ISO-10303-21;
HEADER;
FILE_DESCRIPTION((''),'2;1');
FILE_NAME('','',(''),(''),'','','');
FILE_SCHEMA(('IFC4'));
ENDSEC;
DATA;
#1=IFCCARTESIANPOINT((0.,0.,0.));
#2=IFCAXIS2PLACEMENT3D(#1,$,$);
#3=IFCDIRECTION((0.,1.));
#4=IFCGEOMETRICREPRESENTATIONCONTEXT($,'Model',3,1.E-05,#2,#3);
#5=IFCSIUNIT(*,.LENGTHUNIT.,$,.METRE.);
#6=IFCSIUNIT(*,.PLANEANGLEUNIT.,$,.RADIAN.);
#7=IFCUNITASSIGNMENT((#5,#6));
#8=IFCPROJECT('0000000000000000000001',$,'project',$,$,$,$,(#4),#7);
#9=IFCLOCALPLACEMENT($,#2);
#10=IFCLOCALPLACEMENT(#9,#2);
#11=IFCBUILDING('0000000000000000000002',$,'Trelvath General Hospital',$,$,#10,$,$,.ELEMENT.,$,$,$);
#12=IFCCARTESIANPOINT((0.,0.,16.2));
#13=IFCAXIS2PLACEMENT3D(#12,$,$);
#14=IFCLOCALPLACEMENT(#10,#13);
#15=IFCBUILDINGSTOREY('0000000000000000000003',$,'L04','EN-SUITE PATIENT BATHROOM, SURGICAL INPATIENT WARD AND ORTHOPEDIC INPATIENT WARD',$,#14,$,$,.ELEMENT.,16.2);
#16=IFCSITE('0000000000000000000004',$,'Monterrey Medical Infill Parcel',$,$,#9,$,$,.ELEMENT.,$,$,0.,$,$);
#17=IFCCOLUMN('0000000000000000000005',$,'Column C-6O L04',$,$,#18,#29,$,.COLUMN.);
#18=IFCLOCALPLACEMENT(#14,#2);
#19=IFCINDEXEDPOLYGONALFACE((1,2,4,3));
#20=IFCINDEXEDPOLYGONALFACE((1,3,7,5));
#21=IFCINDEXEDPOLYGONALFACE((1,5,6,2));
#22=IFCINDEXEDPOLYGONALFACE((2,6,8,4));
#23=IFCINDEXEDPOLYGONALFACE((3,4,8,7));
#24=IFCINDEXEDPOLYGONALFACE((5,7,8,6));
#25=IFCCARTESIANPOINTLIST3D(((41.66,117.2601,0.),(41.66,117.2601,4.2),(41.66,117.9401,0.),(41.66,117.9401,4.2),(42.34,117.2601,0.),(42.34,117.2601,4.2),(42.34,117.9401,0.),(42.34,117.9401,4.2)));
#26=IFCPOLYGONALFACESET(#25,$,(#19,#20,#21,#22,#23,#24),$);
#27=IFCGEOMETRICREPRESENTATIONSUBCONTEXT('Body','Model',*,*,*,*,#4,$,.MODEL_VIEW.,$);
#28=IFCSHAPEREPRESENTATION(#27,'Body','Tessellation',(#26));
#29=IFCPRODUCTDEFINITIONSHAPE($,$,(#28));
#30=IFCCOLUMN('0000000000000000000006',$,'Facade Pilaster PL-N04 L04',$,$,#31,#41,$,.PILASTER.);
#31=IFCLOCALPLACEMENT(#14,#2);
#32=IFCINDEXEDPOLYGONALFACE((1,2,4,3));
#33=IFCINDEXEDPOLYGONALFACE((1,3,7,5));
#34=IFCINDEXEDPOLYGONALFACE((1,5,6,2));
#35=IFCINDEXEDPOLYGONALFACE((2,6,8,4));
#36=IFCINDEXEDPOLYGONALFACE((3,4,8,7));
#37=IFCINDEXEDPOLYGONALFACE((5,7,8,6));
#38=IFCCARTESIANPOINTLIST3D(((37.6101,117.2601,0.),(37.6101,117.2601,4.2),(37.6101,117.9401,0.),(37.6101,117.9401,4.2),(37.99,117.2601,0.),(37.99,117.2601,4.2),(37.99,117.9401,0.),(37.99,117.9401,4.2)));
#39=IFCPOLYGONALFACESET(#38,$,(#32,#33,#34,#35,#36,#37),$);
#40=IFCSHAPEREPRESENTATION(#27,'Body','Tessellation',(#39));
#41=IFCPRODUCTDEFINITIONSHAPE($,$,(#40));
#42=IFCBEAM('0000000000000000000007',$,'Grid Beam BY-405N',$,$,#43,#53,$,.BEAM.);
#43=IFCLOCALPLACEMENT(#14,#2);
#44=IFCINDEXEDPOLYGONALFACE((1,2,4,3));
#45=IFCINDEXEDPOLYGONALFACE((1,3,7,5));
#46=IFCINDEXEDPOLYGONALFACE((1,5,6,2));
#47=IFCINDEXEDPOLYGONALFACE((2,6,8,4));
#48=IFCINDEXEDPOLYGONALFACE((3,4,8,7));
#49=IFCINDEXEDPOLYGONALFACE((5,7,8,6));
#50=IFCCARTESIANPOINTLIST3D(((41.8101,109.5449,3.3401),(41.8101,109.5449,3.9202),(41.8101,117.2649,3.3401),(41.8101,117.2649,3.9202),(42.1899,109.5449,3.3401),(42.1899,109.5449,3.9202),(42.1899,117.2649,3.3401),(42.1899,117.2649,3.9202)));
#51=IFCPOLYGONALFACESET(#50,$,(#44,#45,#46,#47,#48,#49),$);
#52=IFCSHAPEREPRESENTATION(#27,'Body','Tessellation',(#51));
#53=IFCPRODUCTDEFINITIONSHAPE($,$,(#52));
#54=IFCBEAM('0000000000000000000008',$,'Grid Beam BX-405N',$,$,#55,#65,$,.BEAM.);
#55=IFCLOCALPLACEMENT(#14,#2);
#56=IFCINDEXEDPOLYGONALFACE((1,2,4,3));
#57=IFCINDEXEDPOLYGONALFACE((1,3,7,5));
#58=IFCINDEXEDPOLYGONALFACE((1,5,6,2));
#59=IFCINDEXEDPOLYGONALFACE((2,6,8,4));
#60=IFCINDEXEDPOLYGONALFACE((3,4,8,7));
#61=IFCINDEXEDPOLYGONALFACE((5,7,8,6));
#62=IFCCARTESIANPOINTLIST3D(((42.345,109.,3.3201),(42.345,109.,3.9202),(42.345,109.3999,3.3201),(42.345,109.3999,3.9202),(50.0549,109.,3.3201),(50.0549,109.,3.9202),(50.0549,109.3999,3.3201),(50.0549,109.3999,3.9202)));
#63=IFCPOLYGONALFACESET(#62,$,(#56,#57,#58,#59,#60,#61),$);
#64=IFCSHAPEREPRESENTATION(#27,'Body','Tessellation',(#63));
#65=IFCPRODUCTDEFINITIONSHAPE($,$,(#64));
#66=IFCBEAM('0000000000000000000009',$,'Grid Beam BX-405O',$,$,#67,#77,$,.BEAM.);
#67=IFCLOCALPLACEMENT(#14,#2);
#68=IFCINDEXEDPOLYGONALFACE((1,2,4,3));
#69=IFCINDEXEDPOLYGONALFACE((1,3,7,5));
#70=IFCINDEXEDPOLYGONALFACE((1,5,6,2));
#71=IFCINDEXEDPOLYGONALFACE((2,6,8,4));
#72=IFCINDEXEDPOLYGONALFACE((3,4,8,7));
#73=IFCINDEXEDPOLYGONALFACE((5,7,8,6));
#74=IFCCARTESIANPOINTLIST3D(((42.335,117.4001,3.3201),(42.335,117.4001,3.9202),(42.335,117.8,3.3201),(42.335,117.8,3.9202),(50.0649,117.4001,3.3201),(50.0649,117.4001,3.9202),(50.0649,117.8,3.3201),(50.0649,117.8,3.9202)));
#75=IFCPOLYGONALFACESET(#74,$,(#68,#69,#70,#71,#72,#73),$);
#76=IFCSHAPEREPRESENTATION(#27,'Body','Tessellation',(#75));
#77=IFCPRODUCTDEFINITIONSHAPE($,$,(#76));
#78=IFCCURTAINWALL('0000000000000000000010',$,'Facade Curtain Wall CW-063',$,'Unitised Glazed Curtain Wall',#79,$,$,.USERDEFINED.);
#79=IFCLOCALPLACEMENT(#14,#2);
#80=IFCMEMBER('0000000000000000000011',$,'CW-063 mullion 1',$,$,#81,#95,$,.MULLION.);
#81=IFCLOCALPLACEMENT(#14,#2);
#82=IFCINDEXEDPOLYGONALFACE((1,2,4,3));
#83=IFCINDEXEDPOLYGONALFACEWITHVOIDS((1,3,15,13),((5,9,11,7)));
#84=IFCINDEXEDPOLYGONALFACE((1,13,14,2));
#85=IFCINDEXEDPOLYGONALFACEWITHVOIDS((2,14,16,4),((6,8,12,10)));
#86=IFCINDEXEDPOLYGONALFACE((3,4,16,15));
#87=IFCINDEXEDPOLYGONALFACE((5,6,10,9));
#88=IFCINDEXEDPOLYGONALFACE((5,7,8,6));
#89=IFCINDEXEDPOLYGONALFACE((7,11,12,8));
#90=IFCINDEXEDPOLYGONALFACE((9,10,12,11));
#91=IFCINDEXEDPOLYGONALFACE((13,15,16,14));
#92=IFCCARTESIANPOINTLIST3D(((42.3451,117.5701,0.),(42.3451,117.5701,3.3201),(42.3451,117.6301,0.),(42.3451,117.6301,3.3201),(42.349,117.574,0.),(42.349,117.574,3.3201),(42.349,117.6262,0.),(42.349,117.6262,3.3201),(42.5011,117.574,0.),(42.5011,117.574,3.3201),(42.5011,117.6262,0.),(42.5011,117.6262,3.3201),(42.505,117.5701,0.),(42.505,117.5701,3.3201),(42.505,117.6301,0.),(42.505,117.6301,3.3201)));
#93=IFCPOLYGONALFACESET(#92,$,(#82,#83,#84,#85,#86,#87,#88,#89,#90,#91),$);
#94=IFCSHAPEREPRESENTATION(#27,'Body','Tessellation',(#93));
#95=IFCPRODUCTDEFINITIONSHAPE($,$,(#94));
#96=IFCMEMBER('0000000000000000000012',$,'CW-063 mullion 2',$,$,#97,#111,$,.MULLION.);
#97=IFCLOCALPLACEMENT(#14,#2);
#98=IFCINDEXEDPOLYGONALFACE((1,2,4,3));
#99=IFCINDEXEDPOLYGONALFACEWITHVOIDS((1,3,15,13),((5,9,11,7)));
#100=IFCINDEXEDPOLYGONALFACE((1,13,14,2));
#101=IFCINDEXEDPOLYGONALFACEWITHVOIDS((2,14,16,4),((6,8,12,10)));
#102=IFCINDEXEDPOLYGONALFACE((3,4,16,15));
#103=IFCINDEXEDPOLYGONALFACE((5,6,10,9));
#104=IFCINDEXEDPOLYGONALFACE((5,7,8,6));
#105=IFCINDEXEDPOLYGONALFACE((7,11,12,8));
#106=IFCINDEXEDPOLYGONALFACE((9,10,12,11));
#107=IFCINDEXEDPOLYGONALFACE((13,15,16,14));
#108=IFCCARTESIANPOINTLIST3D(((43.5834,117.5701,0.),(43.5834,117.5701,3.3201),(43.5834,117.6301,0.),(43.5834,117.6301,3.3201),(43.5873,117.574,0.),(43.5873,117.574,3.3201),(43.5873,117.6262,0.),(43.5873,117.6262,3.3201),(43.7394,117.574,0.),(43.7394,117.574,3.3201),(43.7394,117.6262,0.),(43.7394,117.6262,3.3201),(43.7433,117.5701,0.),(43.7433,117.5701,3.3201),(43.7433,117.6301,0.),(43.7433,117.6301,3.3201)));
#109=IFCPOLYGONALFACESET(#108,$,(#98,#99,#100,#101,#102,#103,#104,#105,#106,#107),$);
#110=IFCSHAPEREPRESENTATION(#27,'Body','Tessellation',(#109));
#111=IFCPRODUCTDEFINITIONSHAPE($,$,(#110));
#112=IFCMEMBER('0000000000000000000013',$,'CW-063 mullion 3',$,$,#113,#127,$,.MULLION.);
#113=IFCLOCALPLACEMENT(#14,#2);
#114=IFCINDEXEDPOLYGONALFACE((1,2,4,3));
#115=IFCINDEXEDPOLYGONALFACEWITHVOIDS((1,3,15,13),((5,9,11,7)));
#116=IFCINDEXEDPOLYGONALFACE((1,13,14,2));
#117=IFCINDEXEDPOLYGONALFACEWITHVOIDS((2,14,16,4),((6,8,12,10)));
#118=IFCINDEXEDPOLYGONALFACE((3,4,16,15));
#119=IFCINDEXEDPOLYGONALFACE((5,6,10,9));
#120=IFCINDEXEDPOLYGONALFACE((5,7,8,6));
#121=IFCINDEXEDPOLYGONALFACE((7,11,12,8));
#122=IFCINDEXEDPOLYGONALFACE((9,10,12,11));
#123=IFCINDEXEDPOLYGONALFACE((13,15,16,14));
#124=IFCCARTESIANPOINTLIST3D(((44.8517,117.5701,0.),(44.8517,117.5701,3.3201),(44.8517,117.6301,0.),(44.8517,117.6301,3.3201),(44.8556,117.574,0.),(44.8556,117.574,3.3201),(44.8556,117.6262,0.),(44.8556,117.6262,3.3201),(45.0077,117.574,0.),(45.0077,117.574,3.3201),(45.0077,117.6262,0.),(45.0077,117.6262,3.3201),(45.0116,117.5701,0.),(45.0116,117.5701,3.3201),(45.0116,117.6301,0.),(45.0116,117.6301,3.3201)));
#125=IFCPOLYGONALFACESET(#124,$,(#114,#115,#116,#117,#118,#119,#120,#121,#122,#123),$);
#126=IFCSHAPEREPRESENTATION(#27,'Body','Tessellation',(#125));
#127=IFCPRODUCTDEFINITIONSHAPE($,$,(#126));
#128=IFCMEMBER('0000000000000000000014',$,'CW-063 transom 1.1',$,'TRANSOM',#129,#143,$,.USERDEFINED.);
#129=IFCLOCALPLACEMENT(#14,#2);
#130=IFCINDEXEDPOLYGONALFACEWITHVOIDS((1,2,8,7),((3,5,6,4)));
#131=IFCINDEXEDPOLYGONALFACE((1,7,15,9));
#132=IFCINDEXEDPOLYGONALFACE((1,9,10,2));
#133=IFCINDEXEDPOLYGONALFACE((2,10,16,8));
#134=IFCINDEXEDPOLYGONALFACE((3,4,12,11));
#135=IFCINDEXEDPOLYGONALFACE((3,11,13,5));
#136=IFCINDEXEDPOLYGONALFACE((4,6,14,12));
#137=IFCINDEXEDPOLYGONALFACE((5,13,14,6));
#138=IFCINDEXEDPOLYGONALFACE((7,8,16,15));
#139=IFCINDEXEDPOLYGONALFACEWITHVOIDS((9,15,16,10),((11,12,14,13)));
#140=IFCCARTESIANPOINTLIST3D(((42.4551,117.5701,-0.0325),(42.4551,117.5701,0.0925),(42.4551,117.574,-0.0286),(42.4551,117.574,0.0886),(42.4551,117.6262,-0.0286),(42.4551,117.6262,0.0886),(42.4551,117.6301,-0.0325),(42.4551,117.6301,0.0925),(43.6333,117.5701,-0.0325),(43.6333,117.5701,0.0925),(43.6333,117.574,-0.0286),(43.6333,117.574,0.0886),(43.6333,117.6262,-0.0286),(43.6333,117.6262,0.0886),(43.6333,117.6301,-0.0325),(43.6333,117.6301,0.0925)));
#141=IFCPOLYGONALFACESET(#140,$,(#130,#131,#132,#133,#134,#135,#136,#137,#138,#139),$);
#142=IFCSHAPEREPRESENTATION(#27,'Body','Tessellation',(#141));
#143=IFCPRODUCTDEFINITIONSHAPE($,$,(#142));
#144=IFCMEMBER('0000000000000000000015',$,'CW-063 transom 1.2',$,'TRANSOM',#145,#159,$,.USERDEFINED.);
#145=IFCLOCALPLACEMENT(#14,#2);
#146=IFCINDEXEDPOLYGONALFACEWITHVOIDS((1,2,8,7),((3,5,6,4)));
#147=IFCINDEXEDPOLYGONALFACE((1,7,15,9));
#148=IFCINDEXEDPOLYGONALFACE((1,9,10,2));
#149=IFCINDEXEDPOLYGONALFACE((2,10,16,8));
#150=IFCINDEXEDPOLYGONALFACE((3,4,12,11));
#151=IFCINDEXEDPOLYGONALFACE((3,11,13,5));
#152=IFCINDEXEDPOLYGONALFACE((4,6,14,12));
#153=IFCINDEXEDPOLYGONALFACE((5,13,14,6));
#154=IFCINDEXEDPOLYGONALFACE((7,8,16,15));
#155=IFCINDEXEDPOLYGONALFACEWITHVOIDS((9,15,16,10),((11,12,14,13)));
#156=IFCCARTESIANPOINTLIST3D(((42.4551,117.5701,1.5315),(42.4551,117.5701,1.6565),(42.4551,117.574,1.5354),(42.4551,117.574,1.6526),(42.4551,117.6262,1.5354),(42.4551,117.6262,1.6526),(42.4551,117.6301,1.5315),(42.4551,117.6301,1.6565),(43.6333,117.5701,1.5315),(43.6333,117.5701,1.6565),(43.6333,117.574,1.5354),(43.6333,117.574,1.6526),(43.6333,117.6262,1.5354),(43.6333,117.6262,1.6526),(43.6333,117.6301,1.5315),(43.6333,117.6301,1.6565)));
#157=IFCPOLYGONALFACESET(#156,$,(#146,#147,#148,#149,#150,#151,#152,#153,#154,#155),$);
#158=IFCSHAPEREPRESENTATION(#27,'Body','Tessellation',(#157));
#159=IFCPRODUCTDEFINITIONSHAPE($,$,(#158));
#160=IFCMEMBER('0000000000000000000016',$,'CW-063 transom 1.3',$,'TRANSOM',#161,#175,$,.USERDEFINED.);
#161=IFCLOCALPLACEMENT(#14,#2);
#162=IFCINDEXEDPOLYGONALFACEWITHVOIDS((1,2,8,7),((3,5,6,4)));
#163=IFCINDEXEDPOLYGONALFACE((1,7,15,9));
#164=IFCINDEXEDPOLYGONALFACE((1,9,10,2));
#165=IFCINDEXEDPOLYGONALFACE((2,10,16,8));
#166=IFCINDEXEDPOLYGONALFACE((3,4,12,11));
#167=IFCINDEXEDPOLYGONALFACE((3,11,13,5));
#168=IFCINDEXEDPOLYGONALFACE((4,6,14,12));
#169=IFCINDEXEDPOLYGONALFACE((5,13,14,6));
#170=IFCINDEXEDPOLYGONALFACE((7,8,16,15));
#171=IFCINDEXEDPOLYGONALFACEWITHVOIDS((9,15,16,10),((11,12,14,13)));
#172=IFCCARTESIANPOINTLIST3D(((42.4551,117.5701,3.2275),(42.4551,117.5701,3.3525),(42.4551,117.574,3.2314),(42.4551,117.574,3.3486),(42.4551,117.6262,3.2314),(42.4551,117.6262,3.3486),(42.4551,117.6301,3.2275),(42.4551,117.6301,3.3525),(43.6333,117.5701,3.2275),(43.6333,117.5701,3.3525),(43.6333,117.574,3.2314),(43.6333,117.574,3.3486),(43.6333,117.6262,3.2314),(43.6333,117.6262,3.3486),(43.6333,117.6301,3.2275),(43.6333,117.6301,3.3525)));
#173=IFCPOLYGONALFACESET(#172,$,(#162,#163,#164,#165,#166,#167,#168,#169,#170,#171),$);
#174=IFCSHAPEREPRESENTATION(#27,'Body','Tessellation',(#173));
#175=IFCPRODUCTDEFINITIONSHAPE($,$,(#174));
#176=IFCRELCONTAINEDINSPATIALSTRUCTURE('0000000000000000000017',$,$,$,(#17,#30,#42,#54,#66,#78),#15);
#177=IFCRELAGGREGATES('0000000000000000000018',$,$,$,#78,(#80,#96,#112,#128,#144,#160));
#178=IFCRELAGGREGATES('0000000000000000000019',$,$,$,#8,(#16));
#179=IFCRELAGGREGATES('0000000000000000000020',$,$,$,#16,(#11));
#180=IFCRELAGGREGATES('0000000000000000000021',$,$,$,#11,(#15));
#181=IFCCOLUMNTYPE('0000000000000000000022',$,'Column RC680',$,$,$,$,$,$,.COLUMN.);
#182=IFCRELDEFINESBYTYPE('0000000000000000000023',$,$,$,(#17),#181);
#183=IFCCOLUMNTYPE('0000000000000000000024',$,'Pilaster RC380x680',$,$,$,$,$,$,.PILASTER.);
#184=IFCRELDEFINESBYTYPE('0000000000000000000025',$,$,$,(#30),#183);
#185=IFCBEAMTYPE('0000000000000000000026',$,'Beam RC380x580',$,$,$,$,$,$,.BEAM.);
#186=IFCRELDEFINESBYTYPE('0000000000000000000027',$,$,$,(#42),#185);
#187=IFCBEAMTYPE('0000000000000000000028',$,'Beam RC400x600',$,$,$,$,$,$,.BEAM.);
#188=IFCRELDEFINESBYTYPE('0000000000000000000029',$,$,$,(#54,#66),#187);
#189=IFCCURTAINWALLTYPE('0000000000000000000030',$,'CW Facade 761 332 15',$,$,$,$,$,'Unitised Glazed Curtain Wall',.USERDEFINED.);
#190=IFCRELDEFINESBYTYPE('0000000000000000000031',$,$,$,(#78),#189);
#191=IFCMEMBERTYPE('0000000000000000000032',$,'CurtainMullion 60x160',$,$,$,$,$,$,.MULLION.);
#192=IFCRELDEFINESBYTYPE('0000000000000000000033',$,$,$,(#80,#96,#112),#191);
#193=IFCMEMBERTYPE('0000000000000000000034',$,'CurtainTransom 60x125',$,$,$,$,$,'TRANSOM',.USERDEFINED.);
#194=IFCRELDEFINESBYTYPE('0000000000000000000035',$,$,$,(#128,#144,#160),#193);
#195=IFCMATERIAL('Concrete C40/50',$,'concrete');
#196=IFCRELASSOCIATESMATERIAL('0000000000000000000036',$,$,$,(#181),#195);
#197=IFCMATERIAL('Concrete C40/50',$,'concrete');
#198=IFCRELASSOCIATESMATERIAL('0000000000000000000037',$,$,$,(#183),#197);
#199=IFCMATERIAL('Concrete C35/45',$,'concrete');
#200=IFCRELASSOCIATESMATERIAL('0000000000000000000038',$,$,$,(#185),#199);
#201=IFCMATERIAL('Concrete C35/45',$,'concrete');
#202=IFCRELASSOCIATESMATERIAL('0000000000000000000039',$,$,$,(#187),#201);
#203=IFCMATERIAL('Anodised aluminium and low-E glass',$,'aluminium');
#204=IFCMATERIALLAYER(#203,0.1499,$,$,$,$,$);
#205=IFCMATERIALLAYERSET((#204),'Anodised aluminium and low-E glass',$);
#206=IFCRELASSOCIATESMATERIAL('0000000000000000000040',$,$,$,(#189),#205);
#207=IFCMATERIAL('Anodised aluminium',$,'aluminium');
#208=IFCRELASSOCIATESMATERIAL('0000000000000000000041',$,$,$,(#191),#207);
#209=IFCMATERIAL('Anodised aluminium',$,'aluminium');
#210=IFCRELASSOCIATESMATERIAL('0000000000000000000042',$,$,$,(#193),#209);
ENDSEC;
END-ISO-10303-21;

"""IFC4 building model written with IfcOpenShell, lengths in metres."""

from ifc_helpers import new_model, si_unit, direction, frame, origin, origin_2d, place, context, subcontext, project, spatial, rectangle, hollow_rectangle, extrude, material, layer, layer_set, material_profile, profile_set, type_object, element, aggregate, save


model = new_model("IFC4")

# Units and contexts
model_context = context("Model", 3, precision=1e-05, world=origin(), true_north=direction((0.0, 1.0)))
body_context = subcontext(model_context, "Body", "Model", "MODEL_VIEW")
ifc_project = project(units=[si_unit("LENGTHUNIT", "METRE"), si_unit("PLANEANGLEUNIT", "RADIAN")], contexts=[model_context])

# Site, building, storey
site_placement = place(None, origin())
site = spatial("IfcSite", under=ifc_project, at=site_placement, Name="Monterrey Medical Infill Parcel", CompositionType="ELEMENT", RefElevation=0.0)
building_placement = place(site_placement, origin())
building = spatial("IfcBuilding", under=site, at=building_placement, Name="Trelvath General Hospital", CompositionType="ELEMENT")
storey_placement = place(building_placement, frame((0.0, 0.0, 16.2)))
storey = spatial("IfcBuildingStorey", under=building, at=storey_placement, Name="L04", Description="EN-SUITE PATIENT BATHROOM, SURGICAL INPATIENT WARD AND ORTHOPEDIC INPATIENT WARD", CompositionType="ELEMENT", Elevation=16.2)

# Columns
ifc_material_1 = material(Name="Concrete C40/50", Category="concrete")
ifc_material_profile_1 = material_profile(ifc_material_1, rectangle(XDim=0.6799, YDim=0.6799, at=origin_2d()), Name="RC680x680")
ifc_profile_set_1 = profile_set([ifc_material_profile_1], Name="Concrete C40/50")
column_type_1 = type_object("IfcColumnType", Name="Column RC680", PredefinedType="COLUMN", material=ifc_profile_set_1)
column_1_placement = place(storey_placement, frame((42.0, 117.6001, 0.0), z_axis=(0.0, 0.0, 1.0), x_axis=(1.0, 0.0, 0.0)))
element("IfcColumn", 1, at=column_1_placement, inside=storey, type_object=column_type_1, Name="Column C-6O L04", PredefinedType="COLUMN", context=body_context, shape_type="SweptSolid", body=[
    extrude(rectangle(XDim=0.6799, YDim=0.6799, at=origin_2d()), origin(), (0.0, 0.0, 1.0), 4.2),
])
ifc_material_2 = material(Name="Concrete C40/50", Category="concrete")
ifc_material_profile_2 = material_profile(ifc_material_2, rectangle(XDim=0.3799, YDim=0.6799, at=origin_2d()), Name="RC380x680")
ifc_profile_set_2 = profile_set([ifc_material_profile_2], Name="Concrete C40/50")
column_type_2 = type_object("IfcColumnType", Name="Pilaster RC380x680", PredefinedType="PILASTER", material=ifc_profile_set_2)
column_2_placement = place(storey_placement, frame((37.8, 117.6001, 0.0), z_axis=(0.0, 0.0, 1.0), x_axis=(1.0, 0.0, 0.0)))
element("IfcColumn", 2, at=column_2_placement, inside=storey, type_object=column_type_2, Name="Facade Pilaster PL-N04 L04", PredefinedType="PILASTER", context=body_context, shape_type="SweptSolid", body=[
    extrude(rectangle(XDim=0.3799, YDim=0.6799, at=origin_2d()), origin(), (0.0, 0.0, 1.0), 4.2),
])

# Beams
ifc_material_3 = material(Name="Concrete C35/45", Category="concrete")
ifc_material_profile_3 = material_profile(ifc_material_3, rectangle(XDim=0.3799, YDim=0.5801, at=origin_2d()), Name="RCB380x580")
ifc_profile_set_3 = profile_set([ifc_material_profile_3], Name="Concrete C35/45")
beam_type_1 = type_object("IfcBeamType", Name="Beam RC380x580", PredefinedType="BEAM", material=ifc_profile_set_3)
beam_1_placement = place(storey_placement, frame((42.0, 109.5449, 3.6301), z_axis=(0.0, 1.0, 0.0), x_axis=(-1.0, 0.0, 0.0)))
element("IfcBeam", 3, at=beam_1_placement, inside=storey, type_object=beam_type_1, Name="Grid Beam BY-405N", PredefinedType="BEAM", context=body_context, shape_type="SweptSolid", body=[
    extrude(rectangle(XDim=0.3799, YDim=0.5801, at=origin_2d()), origin(), (0.0, 0.0, 1.0), 7.72),
])
ifc_material_4 = material(Name="Concrete C35/45", Category="concrete")
ifc_material_profile_4 = material_profile(ifc_material_4, rectangle(XDim=0.3999, YDim=0.6001, at=origin_2d()), Name="RCB400x600")
ifc_profile_set_4 = profile_set([ifc_material_profile_4], Name="Concrete C35/45")
beam_type_2 = type_object("IfcBeamType", Name="Beam RC400x600", PredefinedType="BEAM", material=ifc_profile_set_4)
beam_2_placement = place(storey_placement, frame((42.345, 109.2, 3.6201), z_axis=(1.0, 0.0, 0.0), x_axis=(0.0, 1.0, 0.0)))
element("IfcBeam", 4, at=beam_2_placement, inside=storey, type_object=beam_type_2, Name="Grid Beam BX-405N", PredefinedType="BEAM", context=body_context, shape_type="SweptSolid", body=[
    extrude(rectangle(XDim=0.3999, YDim=0.6001, at=origin_2d()), origin(), (0.0, 0.0, 1.0), 7.71),
])
beam_3_placement = place(storey_placement, frame((42.335, 117.6001, 3.6201), z_axis=(1.0, 0.0, 0.0), x_axis=(0.0, 1.0, 0.0)))
element("IfcBeam", 5, at=beam_3_placement, inside=storey, type_object=beam_type_2, Name="Grid Beam BX-405O", PredefinedType="BEAM", context=body_context, shape_type="SweptSolid", body=[
    extrude(rectangle(XDim=0.3999, YDim=0.6001, at=origin_2d()), origin(), (0.0, 0.0, 1.0), 7.73),
])

# Curtain wall, members
ifc_material_5 = material(Name="Anodised aluminium and low-E glass", Category="aluminium")
ifc_layer_1 = layer(ifc_material_5, 0.1499)
ifc_layer_set_1 = layer_set([ifc_layer_1], Name="Anodised aluminium and low-E glass")
curtain_wall_type = type_object("IfcCurtainWallType", Name="CW Facade 761 332 15", ElementType="Unitised Glazed Curtain Wall", PredefinedType="USERDEFINED", material=ifc_layer_set_1)
curtain_wall_placement = place(storey_placement, origin())
curtain_wall = element("IfcCurtainWall", 6, at=curtain_wall_placement, inside=storey, type_object=curtain_wall_type, Name="Facade Curtain Wall CW-063", ObjectType="Unitised Glazed Curtain Wall", PredefinedType="USERDEFINED")
ifc_material_6 = material(Name="Anodised aluminium", Category="aluminium")
ifc_material_profile_5 = material_profile(ifc_material_6, hollow_rectangle(XDim=0.0601, YDim=0.1599, WallThickness=0.0039, at=origin_2d()), Name="RHS60x160x4")
ifc_profile_set_5 = profile_set([ifc_material_profile_5], Name="Anodised aluminium")
member_type_1 = type_object("IfcMemberType", Name="CurtainMullion 60x160", PredefinedType="MULLION", material=ifc_profile_set_5)
member_1_placement = place(storey_placement, frame((42.425, 117.6001, 0.0), z_axis=(0.0, 0.0, 1.0), x_axis=(0.0, 1.0, 0.0)))
member_1 = element("IfcMember", 7, at=member_1_placement, type_object=member_type_1, Name="CW-063 mullion 1", PredefinedType="MULLION", context=body_context, shape_type="SweptSolid", body=[
    extrude(hollow_rectangle(XDim=0.0601, YDim=0.1599, WallThickness=0.0039, at=origin_2d()), origin(), (0.0, 0.0, 1.0), 3.3201),
])
member_2_placement = place(storey_placement, frame((43.6633, 117.6001, 0.0), z_axis=(0.0, 0.0, 1.0), x_axis=(0.0, 1.0, 0.0)))
member_2 = element("IfcMember", 8, at=member_2_placement, type_object=member_type_1, Name="CW-063 mullion 2", PredefinedType="MULLION", context=body_context, shape_type="SweptSolid", body=[
    extrude(hollow_rectangle(XDim=0.0601, YDim=0.1599, WallThickness=0.0039, at=origin_2d()), origin(), (0.0, 0.0, 1.0), 3.3201),
])
member_3_placement = place(storey_placement, frame((44.9316, 117.6001, 0.0), z_axis=(0.0, 0.0, 1.0), x_axis=(0.0, 1.0, 0.0)))
member_3 = element("IfcMember", 9, at=member_3_placement, type_object=member_type_1, Name="CW-063 mullion 3", PredefinedType="MULLION", context=body_context, shape_type="SweptSolid", body=[
    extrude(hollow_rectangle(XDim=0.0601, YDim=0.1599, WallThickness=0.0039, at=origin_2d()), origin(), (0.0, 0.0, 1.0), 3.3201),
])
ifc_material_7 = material(Name="Anodised aluminium", Category="aluminium")
ifc_material_profile_6 = material_profile(ifc_material_7, hollow_rectangle(XDim=0.0601, YDim=0.125, WallThickness=0.0039, at=origin_2d()), Name="RHS60x125x4")
ifc_profile_set_6 = profile_set([ifc_material_profile_6], Name="Anodised aluminium")
member_type_2 = type_object("IfcMemberType", Name="CurtainTransom 60x125", ElementType="TRANSOM", PredefinedType="USERDEFINED", material=ifc_profile_set_6)
member_4_placement = place(storey_placement, frame((42.4551, 117.6001, 0.03), z_axis=(1.0, 0.0, 0.0), x_axis=(0.0, 1.0, 0.0)))
member_4 = element("IfcMember", 10, at=member_4_placement, type_object=member_type_2, Name="CW-063 transom 1.1", ObjectType="TRANSOM", PredefinedType="USERDEFINED", context=body_context, shape_type="SweptSolid", body=[
    extrude(hollow_rectangle(XDim=0.0601, YDim=0.125, WallThickness=0.0039, at=origin_2d()), origin(), (0.0, 0.0, 1.0), 1.1782),
])
member_5_placement = place(storey_placement, frame((42.4551, 117.6001, 1.594), z_axis=(1.0, 0.0, 0.0), x_axis=(0.0, 1.0, 0.0)))
member_5 = element("IfcMember", 11, at=member_5_placement, type_object=member_type_2, Name="CW-063 transom 1.2", ObjectType="TRANSOM", PredefinedType="USERDEFINED", context=body_context, shape_type="SweptSolid", body=[
    extrude(hollow_rectangle(XDim=0.0601, YDim=0.125, WallThickness=0.0039, at=origin_2d()), origin(), (0.0, 0.0, 1.0), 1.1782),
])
member_6_placement = place(storey_placement, frame((42.4551, 117.6001, 3.29), z_axis=(1.0, 0.0, 0.0), x_axis=(0.0, 1.0, 0.0)))
member_6 = element("IfcMember", 12, at=member_6_placement, type_object=member_type_2, Name="CW-063 transom 1.3", ObjectType="TRANSOM", PredefinedType="USERDEFINED", context=body_context, shape_type="SweptSolid", body=[
    extrude(hollow_rectangle(XDim=0.0601, YDim=0.125, WallThickness=0.0039, at=origin_2d()), origin(), (0.0, 0.0, 1.0), 1.1782),
])
aggregate(curtain_wall, [member_1, member_2, member_3, member_4, member_5, member_6])

save(model, "model.ifc")
